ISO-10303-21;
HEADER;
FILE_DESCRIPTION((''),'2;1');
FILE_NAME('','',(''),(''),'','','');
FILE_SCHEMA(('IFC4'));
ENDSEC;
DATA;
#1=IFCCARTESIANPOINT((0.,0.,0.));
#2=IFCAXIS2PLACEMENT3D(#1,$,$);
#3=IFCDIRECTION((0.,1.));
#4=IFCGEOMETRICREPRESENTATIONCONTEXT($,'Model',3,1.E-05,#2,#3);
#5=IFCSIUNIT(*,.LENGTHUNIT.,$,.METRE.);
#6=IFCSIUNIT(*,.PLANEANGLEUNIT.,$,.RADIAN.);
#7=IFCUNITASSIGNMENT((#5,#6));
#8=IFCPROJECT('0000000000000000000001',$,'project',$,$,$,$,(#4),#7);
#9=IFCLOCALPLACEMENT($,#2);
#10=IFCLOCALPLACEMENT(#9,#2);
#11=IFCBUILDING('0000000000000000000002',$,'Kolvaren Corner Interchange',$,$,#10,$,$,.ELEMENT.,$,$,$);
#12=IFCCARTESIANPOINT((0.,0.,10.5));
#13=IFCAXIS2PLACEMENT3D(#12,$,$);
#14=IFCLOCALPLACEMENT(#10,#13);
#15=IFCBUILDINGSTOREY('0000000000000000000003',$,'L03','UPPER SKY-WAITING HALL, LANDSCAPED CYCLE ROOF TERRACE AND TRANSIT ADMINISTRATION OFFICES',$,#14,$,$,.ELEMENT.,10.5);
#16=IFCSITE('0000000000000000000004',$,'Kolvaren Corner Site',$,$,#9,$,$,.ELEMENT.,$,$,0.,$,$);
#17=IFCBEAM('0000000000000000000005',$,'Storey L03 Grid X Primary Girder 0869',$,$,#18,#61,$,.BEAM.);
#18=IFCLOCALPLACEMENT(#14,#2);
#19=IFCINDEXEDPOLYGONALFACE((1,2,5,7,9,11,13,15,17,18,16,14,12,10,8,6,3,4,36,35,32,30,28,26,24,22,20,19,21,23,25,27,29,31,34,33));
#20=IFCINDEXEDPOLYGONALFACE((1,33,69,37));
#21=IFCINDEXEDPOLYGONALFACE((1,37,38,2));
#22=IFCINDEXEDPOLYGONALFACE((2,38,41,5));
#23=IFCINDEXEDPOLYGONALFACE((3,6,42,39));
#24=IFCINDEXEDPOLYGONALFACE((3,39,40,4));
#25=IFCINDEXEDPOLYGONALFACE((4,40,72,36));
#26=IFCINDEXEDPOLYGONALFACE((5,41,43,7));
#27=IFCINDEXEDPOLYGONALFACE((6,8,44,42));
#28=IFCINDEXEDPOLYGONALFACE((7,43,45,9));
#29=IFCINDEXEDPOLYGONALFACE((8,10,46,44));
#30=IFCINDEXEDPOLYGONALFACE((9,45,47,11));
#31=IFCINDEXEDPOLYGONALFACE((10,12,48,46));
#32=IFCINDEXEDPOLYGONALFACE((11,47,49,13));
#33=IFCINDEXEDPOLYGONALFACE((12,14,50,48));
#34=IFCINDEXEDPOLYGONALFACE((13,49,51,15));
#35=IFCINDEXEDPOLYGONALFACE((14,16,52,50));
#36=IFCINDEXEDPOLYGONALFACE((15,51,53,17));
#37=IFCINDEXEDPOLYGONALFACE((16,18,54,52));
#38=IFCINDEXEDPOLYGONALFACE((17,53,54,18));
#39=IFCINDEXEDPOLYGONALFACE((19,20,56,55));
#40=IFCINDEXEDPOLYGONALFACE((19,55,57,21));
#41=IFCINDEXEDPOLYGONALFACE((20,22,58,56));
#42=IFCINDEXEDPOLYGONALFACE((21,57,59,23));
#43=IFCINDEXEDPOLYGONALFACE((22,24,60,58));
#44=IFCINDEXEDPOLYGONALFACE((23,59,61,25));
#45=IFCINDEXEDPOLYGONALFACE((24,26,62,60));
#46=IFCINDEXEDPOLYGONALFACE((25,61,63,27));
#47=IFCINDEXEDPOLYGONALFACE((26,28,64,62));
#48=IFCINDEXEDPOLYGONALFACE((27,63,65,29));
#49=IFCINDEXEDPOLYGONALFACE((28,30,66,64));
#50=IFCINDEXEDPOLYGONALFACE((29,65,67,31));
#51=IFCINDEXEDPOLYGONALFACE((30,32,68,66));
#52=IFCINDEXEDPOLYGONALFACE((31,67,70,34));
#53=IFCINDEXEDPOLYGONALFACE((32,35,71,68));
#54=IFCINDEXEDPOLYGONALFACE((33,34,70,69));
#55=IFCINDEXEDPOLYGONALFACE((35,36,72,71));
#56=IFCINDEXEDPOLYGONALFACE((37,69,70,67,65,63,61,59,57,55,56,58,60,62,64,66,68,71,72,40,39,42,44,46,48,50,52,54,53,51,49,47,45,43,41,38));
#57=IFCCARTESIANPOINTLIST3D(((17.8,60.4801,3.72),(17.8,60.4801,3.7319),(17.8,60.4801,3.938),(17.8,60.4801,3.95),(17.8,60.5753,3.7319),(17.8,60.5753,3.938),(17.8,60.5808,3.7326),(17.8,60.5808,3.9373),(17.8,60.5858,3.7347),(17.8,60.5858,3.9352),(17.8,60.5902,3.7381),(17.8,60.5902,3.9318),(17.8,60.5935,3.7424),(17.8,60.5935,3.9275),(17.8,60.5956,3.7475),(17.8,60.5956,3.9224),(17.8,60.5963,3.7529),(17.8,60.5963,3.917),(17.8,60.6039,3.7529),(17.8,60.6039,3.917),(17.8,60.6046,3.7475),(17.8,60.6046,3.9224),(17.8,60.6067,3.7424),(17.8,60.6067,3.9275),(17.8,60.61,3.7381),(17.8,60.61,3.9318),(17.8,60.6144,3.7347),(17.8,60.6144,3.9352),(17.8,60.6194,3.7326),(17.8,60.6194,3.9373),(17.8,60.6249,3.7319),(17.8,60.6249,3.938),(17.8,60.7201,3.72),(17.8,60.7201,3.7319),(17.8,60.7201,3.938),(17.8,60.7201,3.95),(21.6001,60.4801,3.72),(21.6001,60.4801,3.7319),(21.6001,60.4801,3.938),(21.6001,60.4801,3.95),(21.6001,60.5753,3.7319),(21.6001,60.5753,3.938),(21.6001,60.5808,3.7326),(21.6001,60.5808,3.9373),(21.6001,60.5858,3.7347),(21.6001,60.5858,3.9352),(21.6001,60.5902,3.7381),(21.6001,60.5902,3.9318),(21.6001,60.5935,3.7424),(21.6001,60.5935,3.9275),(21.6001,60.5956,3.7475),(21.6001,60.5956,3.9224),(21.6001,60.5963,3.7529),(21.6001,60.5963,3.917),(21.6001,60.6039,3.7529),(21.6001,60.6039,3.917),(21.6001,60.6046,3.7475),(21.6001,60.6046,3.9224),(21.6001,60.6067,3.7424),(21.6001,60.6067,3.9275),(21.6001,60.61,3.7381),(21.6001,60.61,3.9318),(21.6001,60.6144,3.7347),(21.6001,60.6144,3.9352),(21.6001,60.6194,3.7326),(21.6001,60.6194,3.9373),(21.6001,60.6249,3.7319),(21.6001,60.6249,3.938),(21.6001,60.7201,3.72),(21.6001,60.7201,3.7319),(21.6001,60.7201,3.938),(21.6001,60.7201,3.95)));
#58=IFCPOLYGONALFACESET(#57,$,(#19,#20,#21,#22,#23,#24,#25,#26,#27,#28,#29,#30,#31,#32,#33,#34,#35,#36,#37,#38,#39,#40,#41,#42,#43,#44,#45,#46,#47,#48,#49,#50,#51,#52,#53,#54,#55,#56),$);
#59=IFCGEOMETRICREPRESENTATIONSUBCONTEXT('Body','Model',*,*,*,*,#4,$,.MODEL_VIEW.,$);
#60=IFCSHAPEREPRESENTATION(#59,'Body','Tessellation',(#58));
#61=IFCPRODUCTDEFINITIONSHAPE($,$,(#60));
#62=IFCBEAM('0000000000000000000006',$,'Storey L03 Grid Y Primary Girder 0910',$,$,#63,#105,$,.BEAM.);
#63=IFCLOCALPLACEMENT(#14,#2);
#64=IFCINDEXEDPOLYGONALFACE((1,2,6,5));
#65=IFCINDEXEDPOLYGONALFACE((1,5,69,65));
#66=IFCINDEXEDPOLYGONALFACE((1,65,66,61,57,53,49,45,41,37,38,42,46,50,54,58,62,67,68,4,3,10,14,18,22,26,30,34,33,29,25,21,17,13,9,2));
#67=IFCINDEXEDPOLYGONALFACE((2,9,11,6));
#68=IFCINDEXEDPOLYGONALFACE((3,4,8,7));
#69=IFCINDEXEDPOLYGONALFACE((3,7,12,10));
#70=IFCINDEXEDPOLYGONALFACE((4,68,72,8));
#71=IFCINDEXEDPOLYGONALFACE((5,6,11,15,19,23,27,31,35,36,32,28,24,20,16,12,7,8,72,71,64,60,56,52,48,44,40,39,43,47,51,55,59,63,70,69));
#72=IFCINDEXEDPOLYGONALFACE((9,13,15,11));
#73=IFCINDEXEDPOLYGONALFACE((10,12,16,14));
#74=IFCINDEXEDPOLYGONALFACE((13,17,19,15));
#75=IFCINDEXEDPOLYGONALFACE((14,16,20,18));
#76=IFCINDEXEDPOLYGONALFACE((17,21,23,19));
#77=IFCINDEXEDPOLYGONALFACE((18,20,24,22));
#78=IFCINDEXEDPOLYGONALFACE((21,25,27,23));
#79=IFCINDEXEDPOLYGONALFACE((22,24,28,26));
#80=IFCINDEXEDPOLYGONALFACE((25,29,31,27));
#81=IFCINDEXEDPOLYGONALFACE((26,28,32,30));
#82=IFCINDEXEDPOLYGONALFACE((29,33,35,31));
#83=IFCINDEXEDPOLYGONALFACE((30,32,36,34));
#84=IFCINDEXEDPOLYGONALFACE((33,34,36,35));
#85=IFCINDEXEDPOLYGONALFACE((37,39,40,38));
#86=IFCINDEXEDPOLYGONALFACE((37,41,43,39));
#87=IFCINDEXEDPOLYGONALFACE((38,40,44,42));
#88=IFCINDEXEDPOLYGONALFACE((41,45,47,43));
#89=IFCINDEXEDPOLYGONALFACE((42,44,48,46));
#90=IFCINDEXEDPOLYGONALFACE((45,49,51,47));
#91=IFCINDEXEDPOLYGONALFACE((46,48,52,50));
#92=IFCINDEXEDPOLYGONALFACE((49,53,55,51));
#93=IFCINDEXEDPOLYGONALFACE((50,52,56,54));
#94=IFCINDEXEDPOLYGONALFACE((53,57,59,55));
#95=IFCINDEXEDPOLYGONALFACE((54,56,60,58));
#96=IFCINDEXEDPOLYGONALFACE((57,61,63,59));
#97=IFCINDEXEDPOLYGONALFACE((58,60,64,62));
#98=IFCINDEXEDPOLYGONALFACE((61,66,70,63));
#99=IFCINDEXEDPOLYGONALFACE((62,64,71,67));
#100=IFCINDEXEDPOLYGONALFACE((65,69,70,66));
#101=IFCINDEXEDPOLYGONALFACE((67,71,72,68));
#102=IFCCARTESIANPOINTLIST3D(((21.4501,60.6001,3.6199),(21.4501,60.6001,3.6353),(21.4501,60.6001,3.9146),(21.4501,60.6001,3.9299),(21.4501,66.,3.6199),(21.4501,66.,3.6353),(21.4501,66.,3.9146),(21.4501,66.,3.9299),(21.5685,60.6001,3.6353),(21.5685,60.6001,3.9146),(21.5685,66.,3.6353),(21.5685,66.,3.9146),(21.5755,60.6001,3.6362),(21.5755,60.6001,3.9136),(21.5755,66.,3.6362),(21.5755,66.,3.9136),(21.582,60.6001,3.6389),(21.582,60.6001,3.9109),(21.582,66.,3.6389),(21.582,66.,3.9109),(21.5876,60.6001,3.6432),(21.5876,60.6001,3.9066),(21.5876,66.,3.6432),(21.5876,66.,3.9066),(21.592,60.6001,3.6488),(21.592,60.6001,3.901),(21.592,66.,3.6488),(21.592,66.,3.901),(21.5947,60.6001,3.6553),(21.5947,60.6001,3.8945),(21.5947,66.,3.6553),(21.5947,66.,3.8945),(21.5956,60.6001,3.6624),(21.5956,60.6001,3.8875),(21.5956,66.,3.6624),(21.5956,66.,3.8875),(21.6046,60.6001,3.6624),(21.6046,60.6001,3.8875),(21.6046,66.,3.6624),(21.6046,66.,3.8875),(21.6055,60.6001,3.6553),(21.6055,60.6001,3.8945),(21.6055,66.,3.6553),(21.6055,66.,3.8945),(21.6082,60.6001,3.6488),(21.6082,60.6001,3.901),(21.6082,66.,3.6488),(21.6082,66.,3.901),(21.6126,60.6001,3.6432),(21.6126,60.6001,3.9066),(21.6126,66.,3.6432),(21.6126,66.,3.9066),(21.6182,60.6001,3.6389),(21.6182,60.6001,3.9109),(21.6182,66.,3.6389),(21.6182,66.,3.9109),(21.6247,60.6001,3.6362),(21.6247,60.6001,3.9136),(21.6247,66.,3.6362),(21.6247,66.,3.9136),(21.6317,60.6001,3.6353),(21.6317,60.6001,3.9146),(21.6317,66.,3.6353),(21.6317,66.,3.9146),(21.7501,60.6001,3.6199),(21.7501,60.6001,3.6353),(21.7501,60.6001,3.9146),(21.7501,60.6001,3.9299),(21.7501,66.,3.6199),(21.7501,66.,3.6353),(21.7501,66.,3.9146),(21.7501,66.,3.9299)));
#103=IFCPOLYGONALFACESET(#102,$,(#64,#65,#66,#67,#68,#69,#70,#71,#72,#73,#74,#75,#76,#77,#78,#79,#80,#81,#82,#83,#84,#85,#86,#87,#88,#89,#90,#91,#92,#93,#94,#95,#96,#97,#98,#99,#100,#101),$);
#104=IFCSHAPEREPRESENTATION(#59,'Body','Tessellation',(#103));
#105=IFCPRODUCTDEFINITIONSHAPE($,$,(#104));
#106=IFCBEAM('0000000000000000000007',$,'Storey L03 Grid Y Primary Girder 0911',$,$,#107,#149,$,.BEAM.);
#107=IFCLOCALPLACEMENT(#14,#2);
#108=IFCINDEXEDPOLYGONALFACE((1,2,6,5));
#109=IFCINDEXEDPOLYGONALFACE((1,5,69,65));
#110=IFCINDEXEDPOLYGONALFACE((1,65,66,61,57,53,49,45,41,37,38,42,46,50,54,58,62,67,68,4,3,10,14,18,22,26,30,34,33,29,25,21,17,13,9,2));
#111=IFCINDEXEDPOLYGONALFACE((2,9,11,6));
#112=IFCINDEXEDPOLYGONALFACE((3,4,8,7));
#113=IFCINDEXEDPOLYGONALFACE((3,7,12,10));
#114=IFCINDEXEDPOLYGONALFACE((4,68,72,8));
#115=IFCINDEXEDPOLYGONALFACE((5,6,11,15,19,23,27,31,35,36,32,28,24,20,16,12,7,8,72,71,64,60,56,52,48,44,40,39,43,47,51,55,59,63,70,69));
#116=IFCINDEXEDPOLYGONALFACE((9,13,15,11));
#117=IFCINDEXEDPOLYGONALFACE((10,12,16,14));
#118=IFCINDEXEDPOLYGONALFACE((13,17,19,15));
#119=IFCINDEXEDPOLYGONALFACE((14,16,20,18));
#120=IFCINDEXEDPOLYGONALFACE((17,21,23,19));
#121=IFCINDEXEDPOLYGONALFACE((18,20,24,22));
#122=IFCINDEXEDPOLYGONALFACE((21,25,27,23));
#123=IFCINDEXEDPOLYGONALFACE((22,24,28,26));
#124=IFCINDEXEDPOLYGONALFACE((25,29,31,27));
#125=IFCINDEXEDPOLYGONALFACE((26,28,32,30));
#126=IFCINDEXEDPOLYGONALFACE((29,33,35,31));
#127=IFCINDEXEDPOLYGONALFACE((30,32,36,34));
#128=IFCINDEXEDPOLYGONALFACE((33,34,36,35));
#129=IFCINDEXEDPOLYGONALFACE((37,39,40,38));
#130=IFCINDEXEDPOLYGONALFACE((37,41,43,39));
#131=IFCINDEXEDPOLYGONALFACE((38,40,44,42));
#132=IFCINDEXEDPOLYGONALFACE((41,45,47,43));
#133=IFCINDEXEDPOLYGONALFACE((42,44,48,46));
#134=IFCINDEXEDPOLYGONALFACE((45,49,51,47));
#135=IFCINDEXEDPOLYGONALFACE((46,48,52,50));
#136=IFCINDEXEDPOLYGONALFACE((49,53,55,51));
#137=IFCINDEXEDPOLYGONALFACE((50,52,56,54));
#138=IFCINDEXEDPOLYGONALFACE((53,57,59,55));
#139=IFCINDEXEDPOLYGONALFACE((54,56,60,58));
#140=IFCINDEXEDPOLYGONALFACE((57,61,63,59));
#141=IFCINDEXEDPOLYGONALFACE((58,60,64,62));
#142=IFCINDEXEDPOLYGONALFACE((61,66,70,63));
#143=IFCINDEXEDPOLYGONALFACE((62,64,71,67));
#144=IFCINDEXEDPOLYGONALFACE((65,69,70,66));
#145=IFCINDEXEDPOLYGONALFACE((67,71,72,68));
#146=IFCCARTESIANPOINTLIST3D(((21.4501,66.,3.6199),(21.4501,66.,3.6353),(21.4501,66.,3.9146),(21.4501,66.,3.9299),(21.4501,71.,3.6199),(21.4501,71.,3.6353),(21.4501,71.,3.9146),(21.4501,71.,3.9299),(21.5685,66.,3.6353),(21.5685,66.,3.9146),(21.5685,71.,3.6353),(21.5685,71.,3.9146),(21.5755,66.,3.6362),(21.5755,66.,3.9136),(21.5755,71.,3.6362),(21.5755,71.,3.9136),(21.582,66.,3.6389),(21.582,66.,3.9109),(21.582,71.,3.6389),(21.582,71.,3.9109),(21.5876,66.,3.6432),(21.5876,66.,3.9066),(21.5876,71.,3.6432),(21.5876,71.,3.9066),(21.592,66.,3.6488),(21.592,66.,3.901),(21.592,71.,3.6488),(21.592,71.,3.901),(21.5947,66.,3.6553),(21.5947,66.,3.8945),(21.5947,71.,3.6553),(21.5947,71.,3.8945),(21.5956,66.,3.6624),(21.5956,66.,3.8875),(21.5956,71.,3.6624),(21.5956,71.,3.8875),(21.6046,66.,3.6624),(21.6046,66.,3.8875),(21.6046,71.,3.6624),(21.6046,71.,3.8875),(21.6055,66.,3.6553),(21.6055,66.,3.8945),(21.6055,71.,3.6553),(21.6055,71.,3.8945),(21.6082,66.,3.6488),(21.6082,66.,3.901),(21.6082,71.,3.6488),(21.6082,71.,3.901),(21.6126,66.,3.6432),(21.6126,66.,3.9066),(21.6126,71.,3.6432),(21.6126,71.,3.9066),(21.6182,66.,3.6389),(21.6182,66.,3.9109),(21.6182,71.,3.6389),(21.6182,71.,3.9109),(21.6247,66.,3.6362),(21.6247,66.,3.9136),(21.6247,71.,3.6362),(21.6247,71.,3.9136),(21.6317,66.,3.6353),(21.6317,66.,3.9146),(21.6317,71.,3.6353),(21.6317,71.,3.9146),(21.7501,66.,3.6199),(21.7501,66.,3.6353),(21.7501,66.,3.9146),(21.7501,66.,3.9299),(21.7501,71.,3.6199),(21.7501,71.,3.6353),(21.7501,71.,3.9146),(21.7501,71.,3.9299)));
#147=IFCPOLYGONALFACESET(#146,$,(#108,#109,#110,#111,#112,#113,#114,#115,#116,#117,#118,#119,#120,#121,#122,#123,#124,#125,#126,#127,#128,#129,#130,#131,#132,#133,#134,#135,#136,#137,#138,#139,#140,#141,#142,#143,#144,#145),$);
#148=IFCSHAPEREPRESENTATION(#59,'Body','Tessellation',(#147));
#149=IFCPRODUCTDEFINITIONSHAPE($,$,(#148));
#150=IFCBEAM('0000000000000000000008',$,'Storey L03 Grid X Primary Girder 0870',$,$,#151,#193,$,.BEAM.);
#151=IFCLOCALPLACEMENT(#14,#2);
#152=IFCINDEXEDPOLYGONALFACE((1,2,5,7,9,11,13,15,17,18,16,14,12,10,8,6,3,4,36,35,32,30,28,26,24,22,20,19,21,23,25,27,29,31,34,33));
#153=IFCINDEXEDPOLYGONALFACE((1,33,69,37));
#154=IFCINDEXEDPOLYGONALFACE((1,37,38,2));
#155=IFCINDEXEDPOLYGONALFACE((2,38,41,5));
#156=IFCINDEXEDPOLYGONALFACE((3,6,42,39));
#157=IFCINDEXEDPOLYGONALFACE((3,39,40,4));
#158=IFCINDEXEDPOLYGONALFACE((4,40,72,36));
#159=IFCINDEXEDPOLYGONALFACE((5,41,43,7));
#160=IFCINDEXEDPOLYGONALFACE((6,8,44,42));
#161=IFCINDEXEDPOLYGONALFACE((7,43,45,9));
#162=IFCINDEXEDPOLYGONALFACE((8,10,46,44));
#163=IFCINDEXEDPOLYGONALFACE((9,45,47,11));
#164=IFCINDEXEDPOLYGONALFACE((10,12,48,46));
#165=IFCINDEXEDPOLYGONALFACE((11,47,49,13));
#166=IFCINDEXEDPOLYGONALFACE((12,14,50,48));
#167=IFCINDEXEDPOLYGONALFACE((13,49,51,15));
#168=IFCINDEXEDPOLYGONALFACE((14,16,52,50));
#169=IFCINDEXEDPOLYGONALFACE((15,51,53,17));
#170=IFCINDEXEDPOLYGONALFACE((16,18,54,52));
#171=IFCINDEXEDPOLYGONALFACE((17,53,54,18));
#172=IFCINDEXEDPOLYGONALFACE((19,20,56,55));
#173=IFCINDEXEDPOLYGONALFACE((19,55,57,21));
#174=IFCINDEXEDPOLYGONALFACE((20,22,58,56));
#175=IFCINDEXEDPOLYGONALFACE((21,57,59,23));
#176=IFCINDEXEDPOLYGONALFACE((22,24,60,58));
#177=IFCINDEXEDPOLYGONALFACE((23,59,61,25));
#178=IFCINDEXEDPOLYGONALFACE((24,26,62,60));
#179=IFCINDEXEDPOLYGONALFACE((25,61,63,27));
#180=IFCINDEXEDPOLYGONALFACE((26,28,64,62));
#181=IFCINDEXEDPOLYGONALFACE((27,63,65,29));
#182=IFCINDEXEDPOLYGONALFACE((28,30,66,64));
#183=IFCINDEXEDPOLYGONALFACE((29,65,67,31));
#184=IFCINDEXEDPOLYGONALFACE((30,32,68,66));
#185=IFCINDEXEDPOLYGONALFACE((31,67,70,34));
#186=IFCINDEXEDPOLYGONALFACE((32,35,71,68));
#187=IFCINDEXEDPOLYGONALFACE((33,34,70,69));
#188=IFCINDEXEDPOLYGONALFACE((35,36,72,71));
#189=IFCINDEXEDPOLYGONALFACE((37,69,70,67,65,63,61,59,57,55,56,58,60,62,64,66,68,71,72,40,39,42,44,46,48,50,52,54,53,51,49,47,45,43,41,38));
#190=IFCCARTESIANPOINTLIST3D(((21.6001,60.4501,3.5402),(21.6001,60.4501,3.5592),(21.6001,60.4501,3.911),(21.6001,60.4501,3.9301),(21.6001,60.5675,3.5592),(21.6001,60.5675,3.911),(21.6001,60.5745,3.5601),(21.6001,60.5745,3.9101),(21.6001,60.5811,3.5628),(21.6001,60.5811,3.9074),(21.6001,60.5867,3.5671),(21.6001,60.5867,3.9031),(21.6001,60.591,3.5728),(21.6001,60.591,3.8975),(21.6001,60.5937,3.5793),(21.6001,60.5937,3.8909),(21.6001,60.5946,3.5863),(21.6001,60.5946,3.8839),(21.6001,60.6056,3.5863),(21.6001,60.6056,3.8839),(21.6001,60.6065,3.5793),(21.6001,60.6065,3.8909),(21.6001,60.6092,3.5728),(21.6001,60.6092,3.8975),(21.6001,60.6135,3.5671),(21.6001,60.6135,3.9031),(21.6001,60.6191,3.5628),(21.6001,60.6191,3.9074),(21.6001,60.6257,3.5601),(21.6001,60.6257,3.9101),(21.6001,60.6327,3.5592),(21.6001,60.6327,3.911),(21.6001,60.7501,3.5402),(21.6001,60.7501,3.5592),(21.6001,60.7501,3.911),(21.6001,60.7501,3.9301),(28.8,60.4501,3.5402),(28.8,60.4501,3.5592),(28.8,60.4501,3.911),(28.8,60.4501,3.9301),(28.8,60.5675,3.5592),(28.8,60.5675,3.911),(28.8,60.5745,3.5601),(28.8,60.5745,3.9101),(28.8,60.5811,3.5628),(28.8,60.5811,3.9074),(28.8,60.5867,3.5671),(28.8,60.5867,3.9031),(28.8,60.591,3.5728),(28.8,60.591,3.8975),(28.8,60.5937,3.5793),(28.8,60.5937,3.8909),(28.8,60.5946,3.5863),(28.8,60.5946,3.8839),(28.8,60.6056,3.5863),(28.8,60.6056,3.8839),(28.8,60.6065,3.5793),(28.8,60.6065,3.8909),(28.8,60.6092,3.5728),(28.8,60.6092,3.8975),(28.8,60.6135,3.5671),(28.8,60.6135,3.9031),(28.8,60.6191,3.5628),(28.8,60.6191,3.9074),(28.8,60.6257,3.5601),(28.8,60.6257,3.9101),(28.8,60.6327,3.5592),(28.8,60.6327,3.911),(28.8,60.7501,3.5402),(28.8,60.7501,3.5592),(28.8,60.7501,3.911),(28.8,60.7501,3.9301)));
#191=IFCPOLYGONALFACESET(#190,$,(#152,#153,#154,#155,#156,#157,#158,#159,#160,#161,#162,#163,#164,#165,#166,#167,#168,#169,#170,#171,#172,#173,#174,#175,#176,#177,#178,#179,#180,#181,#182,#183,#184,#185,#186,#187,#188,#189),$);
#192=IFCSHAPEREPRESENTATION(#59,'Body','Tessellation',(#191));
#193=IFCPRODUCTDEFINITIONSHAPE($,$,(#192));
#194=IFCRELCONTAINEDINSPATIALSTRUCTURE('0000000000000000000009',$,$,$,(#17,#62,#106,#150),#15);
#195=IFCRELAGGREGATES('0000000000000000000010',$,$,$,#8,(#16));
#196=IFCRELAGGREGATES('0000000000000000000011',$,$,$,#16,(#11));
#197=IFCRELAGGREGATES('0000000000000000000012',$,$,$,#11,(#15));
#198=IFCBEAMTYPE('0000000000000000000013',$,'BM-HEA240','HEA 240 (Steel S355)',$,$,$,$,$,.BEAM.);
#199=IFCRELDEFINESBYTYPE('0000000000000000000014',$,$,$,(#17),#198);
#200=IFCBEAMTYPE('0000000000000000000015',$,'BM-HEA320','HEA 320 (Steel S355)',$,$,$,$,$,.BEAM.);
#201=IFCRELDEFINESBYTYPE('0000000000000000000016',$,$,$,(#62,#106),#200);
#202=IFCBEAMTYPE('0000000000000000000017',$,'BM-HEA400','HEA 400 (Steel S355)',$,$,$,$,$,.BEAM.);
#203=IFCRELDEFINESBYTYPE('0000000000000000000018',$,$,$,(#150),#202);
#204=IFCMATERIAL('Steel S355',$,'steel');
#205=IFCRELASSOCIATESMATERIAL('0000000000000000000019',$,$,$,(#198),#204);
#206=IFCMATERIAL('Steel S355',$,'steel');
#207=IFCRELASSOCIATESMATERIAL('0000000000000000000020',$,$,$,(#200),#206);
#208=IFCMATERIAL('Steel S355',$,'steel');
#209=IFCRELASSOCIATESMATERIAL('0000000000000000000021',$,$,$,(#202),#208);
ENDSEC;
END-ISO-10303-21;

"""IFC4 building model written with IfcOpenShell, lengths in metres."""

from ifc_helpers import new_model, si_unit, direction, frame, origin, origin_2d, place, context, subcontext, project, spatial, i_section, extrude, material, material_profile, profile_set, type_object, element, save


model = new_model("IFC4")

# Units and contexts
model_context = context("Model", 3, precision=1e-05, world=origin(), true_north=direction((0.0, 1.0)))
body_context = subcontext(model_context, "Body", "Model", "MODEL_VIEW")
ifc_project = project(units=[si_unit("LENGTHUNIT", "METRE"), si_unit("PLANEANGLEUNIT", "RADIAN")], contexts=[model_context])

# Site, building, storey
site_placement = place(None, origin())
site = spatial("IfcSite", under=ifc_project, at=site_placement, Name="Kolvaren Corner Site", CompositionType="ELEMENT", RefElevation=0.0)
building_placement = place(site_placement, origin())
building = spatial("IfcBuilding", under=site, at=building_placement, Name="Kolvaren Corner Interchange", CompositionType="ELEMENT")
storey_placement = place(building_placement, frame((0.0, 0.0, 10.5)))
storey = spatial("IfcBuildingStorey", under=building, at=storey_placement, Name="L03", Description="UPPER SKY-WAITING HALL, LANDSCAPED CYCLE ROOF TERRACE AND TRANSIT ADMINISTRATION OFFICES", CompositionType="ELEMENT", Elevation=10.5)

# Beams
ifc_material_1 = material(Name="Steel S355", Category="steel")
ifc_material_profile_1 = material_profile(ifc_material_1, i_section(OverallWidth=0.24, OverallDepth=0.23, WebThickness=0.0076, FlangeThickness=0.012, FilletRadius=0.021, at=origin_2d()), Name="HEA 240")
ifc_profile_set_1 = profile_set([ifc_material_profile_1], Name="Steel S355")
beam_type_1 = type_object("IfcBeamType", Name="BM-HEA240", Description="HEA 240 (Steel S355)", PredefinedType="BEAM", material=ifc_profile_set_1)
beam_1_placement = place(storey_placement, frame((17.8, 60.6001, 3.835), z_axis=(1.0, 0.0, 0.0), x_axis=(0.0, 1.0, 0.0)))
element("IfcBeam", 1, at=beam_1_placement, inside=storey, type_object=beam_type_1, Name="Storey L03 Grid X Primary Girder 0869", PredefinedType="BEAM", context=body_context, shape_type="SweptSolid", body=[
    extrude(i_section(OverallWidth=0.24, OverallDepth=0.23, WebThickness=0.0076, FlangeThickness=0.012, FilletRadius=0.021, at=origin_2d()), origin(), (0.0, 0.0, 1.0), 3.8),
])
ifc_material_2 = material(Name="Steel S355", Category="steel")
ifc_material_profile_2 = material_profile(ifc_material_2, i_section(OverallWidth=0.3, OverallDepth=0.3101, WebThickness=0.009, FlangeThickness=0.0154, FilletRadius=0.0271, at=origin_2d()), Name="HEA 320")
ifc_profile_set_2 = profile_set([ifc_material_profile_2], Name="Steel S355")
beam_type_2 = type_object("IfcBeamType", Name="BM-HEA320", Description="HEA 320 (Steel S355)", PredefinedType="BEAM", material=ifc_profile_set_2)
beam_2_placement = place(storey_placement, frame((21.6001, 60.6001, 3.7749), z_axis=(0.0, 1.0, 0.0), x_axis=(-1.0, 0.0, 0.0)))
element("IfcBeam", 2, at=beam_2_placement, inside=storey, type_object=beam_type_2, Name="Storey L03 Grid Y Primary Girder 0910", PredefinedType="BEAM", context=body_context, shape_type="SweptSolid", body=[
    extrude(i_section(OverallWidth=0.3, OverallDepth=0.3101, WebThickness=0.009, FlangeThickness=0.0154, FilletRadius=0.0271, at=origin_2d()), origin(), (0.0, 0.0, 1.0), 5.3999),
])
beam_3_placement = place(storey_placement, frame((21.6001, 66.0, 3.7749), z_axis=(0.0, 1.0, 0.0), x_axis=(-1.0, 0.0, 0.0)))
element("IfcBeam", 3, at=beam_3_placement, inside=storey, type_object=beam_type_2, Name="Storey L03 Grid Y Primary Girder 0911", PredefinedType="BEAM", context=body_context, shape_type="SweptSolid", body=[
    extrude(i_section(OverallWidth=0.3, OverallDepth=0.3101, WebThickness=0.009, FlangeThickness=0.0154, FilletRadius=0.0271, at=origin_2d()), origin(), (0.0, 0.0, 1.0), 5.0),
])
ifc_material_3 = material(Name="Steel S355", Category="steel")
ifc_material_profile_3 = material_profile(ifc_material_3, i_section(OverallWidth=0.3, OverallDepth=0.3899, WebThickness=0.011, FlangeThickness=0.019, FilletRadius=0.0271, at=origin_2d()), Name="HEA 400")
ifc_profile_set_3 = profile_set([ifc_material_profile_3], Name="Steel S355")
beam_type_3 = type_object("IfcBeamType", Name="BM-HEA400", Description="HEA 400 (Steel S355)", PredefinedType="BEAM", material=ifc_profile_set_3)
for number, where, z_axis, x_axis, name in (
    (4, (21.6001, 60.6001, 3.7351), (1.0, 0.0, 0.0), (0.0, 1.0, 0.0), "Storey L03 Grid X Primary Girder 0870"),
):
    element("IfcBeam", number, at=place(storey_placement, frame(where, z_axis=z_axis, x_axis=x_axis)), inside=storey, type_object=beam_type_3, Name=name, PredefinedType="BEAM", context=body_context, shape_type="SweptSolid", body=[
        extrude(i_section(OverallWidth=0.3, OverallDepth=0.3899, WebThickness=0.011, FlangeThickness=0.019, FilletRadius=0.0271, at=origin_2d()), origin(), (0.0, 0.0, 1.0), 7.2),
    ])

save(model, "model.ifc")
